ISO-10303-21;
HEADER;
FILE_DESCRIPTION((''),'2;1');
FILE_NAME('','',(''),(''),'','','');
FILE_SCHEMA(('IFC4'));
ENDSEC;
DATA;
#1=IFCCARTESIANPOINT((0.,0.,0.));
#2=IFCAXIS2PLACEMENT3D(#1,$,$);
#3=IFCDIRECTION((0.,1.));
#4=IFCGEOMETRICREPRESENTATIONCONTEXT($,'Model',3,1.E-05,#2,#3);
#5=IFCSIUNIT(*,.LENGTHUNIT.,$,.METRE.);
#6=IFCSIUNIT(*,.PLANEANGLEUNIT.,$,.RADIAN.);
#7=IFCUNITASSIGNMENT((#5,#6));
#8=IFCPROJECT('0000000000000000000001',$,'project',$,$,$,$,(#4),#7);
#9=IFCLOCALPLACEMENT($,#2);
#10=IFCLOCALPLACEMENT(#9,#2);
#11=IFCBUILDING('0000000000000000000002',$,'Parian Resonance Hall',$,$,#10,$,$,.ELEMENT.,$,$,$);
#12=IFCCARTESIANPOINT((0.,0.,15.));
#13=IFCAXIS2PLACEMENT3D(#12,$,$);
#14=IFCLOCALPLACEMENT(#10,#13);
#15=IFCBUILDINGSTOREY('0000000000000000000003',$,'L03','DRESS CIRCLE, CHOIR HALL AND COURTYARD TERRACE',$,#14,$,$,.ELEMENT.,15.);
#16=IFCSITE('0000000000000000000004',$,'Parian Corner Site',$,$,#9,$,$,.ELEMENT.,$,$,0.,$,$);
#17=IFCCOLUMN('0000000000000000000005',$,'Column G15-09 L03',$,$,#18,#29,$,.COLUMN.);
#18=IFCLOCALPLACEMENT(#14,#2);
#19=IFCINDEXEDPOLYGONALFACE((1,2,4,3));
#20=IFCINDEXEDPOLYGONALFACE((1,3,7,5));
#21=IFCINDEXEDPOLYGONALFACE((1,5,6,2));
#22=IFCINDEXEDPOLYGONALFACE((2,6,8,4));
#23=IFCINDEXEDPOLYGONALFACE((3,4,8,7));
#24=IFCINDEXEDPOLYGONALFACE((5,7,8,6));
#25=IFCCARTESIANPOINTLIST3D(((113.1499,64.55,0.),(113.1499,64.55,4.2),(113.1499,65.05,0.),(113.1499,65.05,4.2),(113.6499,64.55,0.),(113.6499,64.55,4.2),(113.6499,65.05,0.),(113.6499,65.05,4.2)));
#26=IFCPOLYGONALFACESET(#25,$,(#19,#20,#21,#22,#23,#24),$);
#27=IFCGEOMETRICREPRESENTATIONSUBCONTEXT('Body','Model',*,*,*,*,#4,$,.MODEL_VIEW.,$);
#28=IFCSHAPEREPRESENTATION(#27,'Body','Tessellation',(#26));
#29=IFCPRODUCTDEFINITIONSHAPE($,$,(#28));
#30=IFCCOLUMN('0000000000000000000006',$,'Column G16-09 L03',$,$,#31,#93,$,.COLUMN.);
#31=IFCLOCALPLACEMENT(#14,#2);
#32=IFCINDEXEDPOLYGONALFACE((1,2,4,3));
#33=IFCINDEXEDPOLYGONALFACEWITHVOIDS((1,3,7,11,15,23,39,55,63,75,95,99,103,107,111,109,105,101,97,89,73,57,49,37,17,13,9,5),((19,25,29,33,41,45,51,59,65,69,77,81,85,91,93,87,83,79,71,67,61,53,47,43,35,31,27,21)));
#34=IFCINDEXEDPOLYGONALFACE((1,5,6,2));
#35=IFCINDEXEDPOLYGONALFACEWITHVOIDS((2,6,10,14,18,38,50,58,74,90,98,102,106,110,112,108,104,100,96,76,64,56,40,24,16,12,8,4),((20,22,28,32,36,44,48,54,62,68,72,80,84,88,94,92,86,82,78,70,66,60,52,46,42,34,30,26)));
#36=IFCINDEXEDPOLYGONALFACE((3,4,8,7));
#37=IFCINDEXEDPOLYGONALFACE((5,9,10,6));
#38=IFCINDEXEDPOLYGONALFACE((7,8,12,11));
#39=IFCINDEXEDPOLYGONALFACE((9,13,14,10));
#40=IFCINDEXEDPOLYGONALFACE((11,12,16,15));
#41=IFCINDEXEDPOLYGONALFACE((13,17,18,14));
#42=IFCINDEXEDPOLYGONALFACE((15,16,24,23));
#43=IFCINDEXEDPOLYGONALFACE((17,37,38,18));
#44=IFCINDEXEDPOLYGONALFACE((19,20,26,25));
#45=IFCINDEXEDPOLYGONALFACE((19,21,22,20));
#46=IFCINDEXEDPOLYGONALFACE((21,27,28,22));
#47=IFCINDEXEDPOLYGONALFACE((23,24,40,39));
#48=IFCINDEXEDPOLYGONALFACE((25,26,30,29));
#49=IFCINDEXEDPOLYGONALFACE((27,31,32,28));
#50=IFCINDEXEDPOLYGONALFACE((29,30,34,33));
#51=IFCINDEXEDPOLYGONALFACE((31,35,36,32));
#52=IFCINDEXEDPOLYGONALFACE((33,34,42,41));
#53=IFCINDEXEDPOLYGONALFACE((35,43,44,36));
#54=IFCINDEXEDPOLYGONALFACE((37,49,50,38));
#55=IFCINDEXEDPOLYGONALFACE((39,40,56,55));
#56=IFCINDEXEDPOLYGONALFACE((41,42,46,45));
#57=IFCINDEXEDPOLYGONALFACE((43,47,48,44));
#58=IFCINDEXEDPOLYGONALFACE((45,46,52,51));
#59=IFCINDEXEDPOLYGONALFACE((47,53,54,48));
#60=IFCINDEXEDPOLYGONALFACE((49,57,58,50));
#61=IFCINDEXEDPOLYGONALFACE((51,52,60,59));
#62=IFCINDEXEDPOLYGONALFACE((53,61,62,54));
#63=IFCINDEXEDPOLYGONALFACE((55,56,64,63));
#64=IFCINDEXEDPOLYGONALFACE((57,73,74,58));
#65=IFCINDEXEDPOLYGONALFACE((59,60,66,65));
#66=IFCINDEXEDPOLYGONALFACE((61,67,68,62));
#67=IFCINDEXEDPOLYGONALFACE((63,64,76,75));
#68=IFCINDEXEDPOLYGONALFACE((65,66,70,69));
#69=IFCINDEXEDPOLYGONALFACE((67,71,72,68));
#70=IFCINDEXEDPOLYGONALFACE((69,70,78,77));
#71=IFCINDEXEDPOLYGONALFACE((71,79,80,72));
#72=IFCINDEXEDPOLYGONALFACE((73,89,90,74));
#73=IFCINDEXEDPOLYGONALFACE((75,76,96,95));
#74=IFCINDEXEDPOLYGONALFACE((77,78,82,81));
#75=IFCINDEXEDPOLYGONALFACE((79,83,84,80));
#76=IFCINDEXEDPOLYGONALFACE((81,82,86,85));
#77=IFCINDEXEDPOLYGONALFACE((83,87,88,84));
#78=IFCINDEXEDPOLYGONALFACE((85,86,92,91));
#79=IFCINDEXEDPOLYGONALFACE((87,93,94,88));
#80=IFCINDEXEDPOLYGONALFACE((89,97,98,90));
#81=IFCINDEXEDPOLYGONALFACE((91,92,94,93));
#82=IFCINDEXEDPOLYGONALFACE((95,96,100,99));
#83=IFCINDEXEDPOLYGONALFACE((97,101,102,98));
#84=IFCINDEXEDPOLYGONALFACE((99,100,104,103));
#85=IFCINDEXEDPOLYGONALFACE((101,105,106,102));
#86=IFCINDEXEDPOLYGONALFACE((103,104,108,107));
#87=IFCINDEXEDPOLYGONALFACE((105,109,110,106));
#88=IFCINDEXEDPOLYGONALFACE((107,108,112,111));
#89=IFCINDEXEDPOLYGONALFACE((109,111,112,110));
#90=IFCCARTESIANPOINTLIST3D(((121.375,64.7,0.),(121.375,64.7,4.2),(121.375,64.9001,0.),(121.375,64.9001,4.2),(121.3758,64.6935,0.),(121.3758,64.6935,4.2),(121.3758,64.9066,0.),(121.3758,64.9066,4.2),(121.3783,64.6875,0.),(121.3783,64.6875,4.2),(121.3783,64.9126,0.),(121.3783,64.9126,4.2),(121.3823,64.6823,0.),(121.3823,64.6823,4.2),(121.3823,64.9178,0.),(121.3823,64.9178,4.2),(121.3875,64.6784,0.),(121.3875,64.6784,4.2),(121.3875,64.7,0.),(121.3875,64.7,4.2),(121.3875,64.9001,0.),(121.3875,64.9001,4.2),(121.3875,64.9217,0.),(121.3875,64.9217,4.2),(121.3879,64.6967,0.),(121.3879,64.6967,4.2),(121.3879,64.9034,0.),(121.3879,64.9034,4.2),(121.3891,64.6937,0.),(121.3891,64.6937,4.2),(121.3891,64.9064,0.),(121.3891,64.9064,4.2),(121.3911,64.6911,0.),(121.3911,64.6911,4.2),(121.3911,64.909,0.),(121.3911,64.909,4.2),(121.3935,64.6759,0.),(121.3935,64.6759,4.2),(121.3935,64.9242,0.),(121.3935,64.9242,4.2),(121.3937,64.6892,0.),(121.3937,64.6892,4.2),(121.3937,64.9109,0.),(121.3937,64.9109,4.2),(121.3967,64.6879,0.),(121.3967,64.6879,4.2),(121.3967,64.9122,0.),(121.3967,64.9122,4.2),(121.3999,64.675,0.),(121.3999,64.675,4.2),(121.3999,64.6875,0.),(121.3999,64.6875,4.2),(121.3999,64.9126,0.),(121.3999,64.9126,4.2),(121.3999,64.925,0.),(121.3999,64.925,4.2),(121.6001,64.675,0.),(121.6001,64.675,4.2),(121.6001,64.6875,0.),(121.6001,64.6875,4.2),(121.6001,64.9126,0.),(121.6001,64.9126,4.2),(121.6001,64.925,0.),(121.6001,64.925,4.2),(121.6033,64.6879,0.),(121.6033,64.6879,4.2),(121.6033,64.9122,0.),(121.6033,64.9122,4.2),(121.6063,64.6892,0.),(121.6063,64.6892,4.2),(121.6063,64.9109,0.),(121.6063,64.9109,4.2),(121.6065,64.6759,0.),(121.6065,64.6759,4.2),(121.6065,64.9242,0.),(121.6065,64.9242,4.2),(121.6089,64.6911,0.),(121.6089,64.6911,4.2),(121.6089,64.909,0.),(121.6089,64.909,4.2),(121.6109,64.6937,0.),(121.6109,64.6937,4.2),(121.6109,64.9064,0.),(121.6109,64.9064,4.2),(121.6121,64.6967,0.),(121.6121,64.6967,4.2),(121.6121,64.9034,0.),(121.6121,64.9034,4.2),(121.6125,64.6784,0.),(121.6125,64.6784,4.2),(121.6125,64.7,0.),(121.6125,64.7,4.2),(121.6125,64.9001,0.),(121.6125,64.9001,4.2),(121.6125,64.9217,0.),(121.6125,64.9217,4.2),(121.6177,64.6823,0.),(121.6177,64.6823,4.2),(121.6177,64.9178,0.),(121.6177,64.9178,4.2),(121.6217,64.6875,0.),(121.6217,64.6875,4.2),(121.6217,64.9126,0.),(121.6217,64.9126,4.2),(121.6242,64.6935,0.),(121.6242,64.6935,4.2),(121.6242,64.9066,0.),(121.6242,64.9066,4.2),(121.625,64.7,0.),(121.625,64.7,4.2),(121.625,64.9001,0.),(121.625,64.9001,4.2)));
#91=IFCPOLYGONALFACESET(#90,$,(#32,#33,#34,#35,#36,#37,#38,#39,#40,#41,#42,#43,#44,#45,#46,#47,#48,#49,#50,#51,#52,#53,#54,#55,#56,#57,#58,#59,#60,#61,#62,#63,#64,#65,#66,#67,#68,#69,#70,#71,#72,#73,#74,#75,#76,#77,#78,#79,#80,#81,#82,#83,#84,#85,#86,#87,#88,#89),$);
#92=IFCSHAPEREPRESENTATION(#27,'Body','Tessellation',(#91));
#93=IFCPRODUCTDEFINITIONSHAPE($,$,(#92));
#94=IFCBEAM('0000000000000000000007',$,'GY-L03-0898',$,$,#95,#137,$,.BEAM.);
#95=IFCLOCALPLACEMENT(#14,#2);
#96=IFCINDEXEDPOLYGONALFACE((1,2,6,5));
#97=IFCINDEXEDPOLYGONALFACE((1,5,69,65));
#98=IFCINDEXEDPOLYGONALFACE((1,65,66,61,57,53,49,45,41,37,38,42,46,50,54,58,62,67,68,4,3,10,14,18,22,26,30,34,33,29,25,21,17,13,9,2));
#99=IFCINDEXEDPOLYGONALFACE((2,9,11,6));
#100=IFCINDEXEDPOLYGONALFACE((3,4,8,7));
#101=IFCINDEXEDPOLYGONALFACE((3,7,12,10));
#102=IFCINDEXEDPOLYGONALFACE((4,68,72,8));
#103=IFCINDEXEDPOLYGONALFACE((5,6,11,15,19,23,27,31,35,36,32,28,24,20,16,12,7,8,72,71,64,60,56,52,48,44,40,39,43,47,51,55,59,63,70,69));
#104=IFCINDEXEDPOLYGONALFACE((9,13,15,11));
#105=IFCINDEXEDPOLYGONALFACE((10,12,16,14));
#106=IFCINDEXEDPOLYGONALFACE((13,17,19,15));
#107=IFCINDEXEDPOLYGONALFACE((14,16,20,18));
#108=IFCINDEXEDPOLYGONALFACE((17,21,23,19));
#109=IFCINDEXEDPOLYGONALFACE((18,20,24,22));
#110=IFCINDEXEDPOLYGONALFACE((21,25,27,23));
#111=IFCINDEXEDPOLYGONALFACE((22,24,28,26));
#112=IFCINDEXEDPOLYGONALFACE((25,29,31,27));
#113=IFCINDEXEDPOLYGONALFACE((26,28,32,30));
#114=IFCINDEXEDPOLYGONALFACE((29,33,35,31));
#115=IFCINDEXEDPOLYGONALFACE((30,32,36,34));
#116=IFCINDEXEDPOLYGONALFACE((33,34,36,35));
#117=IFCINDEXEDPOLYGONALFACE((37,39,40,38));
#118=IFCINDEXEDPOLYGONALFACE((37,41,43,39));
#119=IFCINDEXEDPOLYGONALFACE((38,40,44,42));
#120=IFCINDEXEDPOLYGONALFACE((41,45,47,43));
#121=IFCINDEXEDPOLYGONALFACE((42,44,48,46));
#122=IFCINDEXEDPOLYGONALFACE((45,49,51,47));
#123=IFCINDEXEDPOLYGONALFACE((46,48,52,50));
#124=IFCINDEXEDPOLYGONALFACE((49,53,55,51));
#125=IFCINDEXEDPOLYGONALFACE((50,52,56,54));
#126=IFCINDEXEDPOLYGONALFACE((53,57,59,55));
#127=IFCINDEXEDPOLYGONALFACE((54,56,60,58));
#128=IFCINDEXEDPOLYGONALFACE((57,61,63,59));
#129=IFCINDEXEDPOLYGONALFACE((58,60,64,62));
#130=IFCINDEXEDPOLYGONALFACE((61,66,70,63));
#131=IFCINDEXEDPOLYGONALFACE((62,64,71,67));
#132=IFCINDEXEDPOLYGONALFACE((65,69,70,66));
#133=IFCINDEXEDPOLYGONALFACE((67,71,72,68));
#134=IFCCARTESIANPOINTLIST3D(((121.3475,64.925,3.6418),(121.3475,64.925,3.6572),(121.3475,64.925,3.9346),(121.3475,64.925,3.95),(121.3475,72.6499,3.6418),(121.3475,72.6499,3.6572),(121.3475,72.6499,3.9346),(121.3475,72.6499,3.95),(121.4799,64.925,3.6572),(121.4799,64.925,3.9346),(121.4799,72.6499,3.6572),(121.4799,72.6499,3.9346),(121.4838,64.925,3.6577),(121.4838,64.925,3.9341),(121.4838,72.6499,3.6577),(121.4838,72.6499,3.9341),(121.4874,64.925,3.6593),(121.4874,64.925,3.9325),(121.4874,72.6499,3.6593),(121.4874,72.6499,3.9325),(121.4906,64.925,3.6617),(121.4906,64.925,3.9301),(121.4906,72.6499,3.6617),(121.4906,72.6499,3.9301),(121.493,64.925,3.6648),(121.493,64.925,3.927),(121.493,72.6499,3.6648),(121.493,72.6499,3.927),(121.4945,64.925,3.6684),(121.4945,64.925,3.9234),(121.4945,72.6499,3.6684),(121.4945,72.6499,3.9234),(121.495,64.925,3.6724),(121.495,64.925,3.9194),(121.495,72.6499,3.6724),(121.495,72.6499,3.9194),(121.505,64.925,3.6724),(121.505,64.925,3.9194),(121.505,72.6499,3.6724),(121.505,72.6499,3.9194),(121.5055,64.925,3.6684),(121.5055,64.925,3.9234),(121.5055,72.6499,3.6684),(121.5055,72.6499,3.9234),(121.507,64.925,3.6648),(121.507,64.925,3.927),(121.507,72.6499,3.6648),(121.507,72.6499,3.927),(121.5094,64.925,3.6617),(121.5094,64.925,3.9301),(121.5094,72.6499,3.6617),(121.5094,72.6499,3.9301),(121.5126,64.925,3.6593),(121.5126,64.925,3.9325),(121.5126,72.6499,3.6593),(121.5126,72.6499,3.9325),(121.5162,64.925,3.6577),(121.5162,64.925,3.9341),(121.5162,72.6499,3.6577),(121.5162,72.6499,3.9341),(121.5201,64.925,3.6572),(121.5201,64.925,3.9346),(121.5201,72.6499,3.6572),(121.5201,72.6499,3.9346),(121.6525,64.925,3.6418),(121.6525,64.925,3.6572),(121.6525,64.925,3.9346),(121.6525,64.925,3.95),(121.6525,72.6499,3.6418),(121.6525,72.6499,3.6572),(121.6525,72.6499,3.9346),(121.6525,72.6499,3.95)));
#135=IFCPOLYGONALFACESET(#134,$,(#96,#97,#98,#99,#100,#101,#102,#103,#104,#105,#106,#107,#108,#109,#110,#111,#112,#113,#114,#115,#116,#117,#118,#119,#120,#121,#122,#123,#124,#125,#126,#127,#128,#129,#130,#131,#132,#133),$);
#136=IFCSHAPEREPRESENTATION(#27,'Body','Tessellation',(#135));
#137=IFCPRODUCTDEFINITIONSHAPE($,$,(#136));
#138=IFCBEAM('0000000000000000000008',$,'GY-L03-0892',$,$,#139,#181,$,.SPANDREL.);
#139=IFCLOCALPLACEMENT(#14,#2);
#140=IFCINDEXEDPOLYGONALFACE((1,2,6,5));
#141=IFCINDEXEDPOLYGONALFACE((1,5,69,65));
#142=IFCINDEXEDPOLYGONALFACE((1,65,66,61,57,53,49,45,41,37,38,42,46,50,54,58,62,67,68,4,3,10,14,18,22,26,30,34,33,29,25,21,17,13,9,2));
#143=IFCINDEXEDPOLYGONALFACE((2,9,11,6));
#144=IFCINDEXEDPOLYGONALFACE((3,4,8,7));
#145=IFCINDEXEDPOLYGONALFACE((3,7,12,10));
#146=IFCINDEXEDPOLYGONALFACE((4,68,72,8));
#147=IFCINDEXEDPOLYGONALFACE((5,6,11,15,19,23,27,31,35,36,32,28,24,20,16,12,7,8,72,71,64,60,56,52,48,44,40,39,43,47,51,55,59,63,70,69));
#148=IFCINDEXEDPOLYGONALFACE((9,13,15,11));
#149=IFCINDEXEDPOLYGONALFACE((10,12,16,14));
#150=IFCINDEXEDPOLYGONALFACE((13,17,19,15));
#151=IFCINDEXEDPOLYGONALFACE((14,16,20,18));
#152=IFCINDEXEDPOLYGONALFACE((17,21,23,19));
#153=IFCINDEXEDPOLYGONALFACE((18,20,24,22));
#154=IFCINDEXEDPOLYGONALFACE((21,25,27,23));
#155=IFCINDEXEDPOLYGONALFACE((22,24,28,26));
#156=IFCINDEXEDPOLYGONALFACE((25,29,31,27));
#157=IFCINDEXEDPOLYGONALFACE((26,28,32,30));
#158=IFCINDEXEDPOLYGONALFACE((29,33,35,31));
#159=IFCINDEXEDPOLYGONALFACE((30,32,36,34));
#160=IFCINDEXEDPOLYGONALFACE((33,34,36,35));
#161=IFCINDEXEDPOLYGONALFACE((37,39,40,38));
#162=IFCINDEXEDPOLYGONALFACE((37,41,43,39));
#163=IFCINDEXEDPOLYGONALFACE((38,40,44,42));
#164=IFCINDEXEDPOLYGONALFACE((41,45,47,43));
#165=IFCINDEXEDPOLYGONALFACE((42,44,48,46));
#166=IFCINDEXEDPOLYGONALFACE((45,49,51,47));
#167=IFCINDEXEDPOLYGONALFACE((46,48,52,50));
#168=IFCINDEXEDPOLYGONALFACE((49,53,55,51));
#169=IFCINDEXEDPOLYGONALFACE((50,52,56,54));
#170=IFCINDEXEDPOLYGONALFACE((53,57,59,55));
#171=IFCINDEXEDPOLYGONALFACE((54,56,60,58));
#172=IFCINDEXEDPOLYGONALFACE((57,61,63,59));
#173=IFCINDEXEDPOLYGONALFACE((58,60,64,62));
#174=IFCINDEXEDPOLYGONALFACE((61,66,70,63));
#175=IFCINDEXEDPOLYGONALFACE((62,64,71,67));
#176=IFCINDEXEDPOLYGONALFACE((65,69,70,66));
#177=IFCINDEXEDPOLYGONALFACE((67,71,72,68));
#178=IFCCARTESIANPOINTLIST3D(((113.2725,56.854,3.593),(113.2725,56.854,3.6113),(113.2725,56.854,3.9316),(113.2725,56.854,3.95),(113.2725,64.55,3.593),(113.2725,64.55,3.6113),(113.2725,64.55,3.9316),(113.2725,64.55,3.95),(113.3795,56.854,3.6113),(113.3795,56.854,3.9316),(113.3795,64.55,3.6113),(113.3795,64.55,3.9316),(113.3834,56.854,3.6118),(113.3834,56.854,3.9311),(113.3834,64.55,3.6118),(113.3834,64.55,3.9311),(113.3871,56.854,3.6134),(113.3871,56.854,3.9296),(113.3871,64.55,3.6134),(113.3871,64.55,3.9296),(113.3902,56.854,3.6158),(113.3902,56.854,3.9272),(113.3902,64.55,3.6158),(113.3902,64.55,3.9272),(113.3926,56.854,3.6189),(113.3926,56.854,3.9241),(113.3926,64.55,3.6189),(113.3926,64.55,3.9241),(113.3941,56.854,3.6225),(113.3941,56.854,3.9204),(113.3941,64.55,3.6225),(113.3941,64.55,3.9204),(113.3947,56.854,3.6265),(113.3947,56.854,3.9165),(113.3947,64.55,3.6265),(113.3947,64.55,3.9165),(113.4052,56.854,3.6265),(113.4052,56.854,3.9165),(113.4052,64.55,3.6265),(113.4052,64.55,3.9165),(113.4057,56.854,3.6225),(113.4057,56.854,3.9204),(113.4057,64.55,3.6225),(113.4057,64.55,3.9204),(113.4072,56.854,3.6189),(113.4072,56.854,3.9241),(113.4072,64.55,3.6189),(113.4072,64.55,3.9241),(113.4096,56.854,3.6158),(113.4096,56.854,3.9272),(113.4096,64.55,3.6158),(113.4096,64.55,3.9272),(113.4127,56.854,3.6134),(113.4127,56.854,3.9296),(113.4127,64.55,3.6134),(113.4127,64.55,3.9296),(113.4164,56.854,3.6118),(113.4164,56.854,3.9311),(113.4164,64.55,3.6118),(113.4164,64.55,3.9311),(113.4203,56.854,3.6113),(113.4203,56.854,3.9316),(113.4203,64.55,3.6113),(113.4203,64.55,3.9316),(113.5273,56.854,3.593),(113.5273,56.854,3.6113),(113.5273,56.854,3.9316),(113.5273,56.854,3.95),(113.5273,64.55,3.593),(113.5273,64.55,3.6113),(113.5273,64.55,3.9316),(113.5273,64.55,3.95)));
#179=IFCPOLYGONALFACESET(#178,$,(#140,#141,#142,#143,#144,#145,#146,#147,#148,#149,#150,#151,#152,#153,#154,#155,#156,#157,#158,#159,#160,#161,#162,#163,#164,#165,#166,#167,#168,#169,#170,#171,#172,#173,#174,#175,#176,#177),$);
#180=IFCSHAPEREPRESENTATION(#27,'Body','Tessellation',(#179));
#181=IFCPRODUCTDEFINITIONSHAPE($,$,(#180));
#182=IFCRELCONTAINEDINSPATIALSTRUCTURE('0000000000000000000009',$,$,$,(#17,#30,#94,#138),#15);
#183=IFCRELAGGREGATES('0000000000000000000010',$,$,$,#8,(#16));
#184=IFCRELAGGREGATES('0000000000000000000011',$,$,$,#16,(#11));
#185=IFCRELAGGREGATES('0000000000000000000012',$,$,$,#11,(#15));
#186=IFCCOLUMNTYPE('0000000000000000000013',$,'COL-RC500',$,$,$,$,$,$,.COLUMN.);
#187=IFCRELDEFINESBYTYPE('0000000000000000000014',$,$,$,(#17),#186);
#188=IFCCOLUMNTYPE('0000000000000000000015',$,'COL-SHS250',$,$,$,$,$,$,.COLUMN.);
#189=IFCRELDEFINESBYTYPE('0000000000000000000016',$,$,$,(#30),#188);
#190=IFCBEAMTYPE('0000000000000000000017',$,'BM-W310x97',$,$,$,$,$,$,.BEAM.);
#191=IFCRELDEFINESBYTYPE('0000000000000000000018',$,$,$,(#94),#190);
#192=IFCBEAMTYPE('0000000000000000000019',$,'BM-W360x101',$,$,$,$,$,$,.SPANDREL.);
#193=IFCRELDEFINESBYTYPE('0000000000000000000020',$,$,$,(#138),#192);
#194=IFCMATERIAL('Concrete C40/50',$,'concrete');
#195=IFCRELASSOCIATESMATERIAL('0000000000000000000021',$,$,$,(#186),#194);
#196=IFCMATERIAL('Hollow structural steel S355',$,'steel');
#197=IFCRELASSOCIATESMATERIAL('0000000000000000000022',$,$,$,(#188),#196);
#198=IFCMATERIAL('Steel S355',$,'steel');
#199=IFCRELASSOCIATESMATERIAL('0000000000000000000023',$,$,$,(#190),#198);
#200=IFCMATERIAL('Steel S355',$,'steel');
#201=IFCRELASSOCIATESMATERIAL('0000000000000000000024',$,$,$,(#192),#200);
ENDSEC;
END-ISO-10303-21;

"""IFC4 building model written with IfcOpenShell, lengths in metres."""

from ifc_helpers import new_model, si_unit, direction, frame, origin, origin_2d, place, context, subcontext, project, spatial, rectangle, hollow_rectangle, i_section, extrude, material, material_profile, profile_set, type_object, element, save


model = new_model("IFC4")

# Units and contexts
model_context = context("Model", 3, precision=1e-05, world=origin(), true_north=direction((0.0, 1.0)))
body_context = subcontext(model_context, "Body", "Model", "MODEL_VIEW")
ifc_project = project(units=[si_unit("LENGTHUNIT", "METRE"), si_unit("PLANEANGLEUNIT", "RADIAN")], contexts=[model_context])

# Site, building, storey
site_placement = place(None, origin())
site = spatial("IfcSite", under=ifc_project, at=site_placement, Name="Parian Corner Site", CompositionType="ELEMENT", RefElevation=0.0)
building_placement = place(site_placement, origin())
building = spatial("IfcBuilding", under=site, at=building_placement, Name="Parian Resonance Hall", CompositionType="ELEMENT")
storey_placement = place(building_placement, frame((0.0, 0.0, 15.0)))
storey = spatial("IfcBuildingStorey", under=building, at=storey_placement, Name="L03", Description="DRESS CIRCLE, CHOIR HALL AND COURTYARD TERRACE", CompositionType="ELEMENT", Elevation=15.0)

# Columns
ifc_material_1 = material(Name="Concrete C40/50", Category="concrete")
ifc_material_profile_1 = material_profile(ifc_material_1, rectangle(XDim=0.5, YDim=0.5, at=origin_2d()), Name="RC-COL-500x500")
ifc_profile_set_1 = profile_set([ifc_material_profile_1], Name="Concrete C40/50")
column_type_1 = type_object("IfcColumnType", Name="COL-RC500", PredefinedType="COLUMN", material=ifc_profile_set_1)
column_1_placement = place(storey_placement, frame((113.3999, 64.8, 0.0), z_axis=(0.0, 0.0, 1.0), x_axis=(1.0, 0.0, 0.0)))
element("IfcColumn", 1, at=column_1_placement, inside=storey, type_object=column_type_1, Name="Column G15-09 L03", PredefinedType="COLUMN", context=body_context, shape_type="SweptSolid", body=[
    extrude(rectangle(XDim=0.5, YDim=0.5, at=origin_2d()), origin(), (0.0, 0.0, 1.0), 4.2),
])
ifc_material_2 = material(Name="Hollow structural steel S355", Category="steel")
ifc_material_profile_2 = material_profile(ifc_material_2, hollow_rectangle(XDim=0.25, YDim=0.25, WallThickness=0.0125, InnerFilletRadius=0.0125, OuterFilletRadius=0.0249, at=origin_2d()), Name="SHS250x250x12.5")
ifc_profile_set_2 = profile_set([ifc_material_profile_2], Name="Hollow structural steel S355")
column_type_2 = type_object("IfcColumnType", Name="COL-SHS250", PredefinedType="COLUMN", material=ifc_profile_set_2)
column_2_placement = place(storey_placement, frame((121.5, 64.8, 0.0), z_axis=(0.0, 0.0, 1.0), x_axis=(1.0, 0.0, 0.0)))
element("IfcColumn", 2, at=column_2_placement, inside=storey, type_object=column_type_2, Name="Column G16-09 L03", PredefinedType="COLUMN", context=body_context, shape_type="SweptSolid", body=[
    extrude(hollow_rectangle(XDim=0.25, YDim=0.25, WallThickness=0.0125, InnerFilletRadius=0.0125, OuterFilletRadius=0.0249, at=origin_2d()), origin(), (0.0, 0.0, 1.0), 4.2),
])

# Beams
ifc_material_3 = material(Name="Steel S355", Category="steel")
ifc_material_profile_3 = material_profile(ifc_material_3, i_section(OverallWidth=0.3049, OverallDepth=0.3081, WebThickness=0.01, FlangeThickness=0.0154, FilletRadius=0.0151, at=origin_2d()), Name="W310x97")
ifc_profile_set_3 = profile_set([ifc_material_profile_3], Name="Steel S355")
beam_type_1 = type_object("IfcBeamType", Name="BM-W310x97", PredefinedType="BEAM", material=ifc_profile_set_3)
beam_1_placement = place(storey_placement, frame((121.5, 64.925, 3.7959), z_axis=(0.0, 1.0, 0.0), x_axis=(-1.0, 0.0, 0.0)))
element("IfcBeam", 3, at=beam_1_placement, inside=storey, type_object=beam_type_1, Name="GY-L03-0898", PredefinedType="BEAM", context=body_context, shape_type="SweptSolid", body=[
    extrude(i_section(OverallWidth=0.3049, OverallDepth=0.3081, WebThickness=0.01, FlangeThickness=0.0154, FilletRadius=0.0151, at=origin_2d()), origin(), (0.0, 0.0, 1.0), 7.7249),
])
ifc_material_4 = material(Name="Steel S355", Category="steel")
ifc_material_profile_4 = material_profile(ifc_material_4, i_section(OverallWidth=0.2549, OverallDepth=0.3569, WebThickness=0.0105, FlangeThickness=0.0183, FilletRadius=0.0151, at=origin_2d()), Name="W360x101")
ifc_profile_set_4 = profile_set([ifc_material_profile_4], Name="Steel S355")
beam_type_2 = type_object("IfcBeamType", Name="BM-W360x101", PredefinedType="SPANDREL", material=ifc_profile_set_4)
beam_2_placement = place(storey_placement, frame((113.3999, 56.854, 3.7715), z_axis=(0.0, 1.0, 0.0), x_axis=(-1.0, 0.0, 0.0)))
element("IfcBeam", 4, at=beam_2_placement, inside=storey, type_object=beam_type_2, Name="GY-L03-0892", PredefinedType="SPANDREL", context=body_context, shape_type="SweptSolid", body=[
    extrude(i_section(OverallWidth=0.2549, OverallDepth=0.3569, WebThickness=0.0105, FlangeThickness=0.0183, FilletRadius=0.0151, at=origin_2d()), origin(), (0.0, 0.0, 1.0), 7.696),
])

save(model, "model.ifc")
